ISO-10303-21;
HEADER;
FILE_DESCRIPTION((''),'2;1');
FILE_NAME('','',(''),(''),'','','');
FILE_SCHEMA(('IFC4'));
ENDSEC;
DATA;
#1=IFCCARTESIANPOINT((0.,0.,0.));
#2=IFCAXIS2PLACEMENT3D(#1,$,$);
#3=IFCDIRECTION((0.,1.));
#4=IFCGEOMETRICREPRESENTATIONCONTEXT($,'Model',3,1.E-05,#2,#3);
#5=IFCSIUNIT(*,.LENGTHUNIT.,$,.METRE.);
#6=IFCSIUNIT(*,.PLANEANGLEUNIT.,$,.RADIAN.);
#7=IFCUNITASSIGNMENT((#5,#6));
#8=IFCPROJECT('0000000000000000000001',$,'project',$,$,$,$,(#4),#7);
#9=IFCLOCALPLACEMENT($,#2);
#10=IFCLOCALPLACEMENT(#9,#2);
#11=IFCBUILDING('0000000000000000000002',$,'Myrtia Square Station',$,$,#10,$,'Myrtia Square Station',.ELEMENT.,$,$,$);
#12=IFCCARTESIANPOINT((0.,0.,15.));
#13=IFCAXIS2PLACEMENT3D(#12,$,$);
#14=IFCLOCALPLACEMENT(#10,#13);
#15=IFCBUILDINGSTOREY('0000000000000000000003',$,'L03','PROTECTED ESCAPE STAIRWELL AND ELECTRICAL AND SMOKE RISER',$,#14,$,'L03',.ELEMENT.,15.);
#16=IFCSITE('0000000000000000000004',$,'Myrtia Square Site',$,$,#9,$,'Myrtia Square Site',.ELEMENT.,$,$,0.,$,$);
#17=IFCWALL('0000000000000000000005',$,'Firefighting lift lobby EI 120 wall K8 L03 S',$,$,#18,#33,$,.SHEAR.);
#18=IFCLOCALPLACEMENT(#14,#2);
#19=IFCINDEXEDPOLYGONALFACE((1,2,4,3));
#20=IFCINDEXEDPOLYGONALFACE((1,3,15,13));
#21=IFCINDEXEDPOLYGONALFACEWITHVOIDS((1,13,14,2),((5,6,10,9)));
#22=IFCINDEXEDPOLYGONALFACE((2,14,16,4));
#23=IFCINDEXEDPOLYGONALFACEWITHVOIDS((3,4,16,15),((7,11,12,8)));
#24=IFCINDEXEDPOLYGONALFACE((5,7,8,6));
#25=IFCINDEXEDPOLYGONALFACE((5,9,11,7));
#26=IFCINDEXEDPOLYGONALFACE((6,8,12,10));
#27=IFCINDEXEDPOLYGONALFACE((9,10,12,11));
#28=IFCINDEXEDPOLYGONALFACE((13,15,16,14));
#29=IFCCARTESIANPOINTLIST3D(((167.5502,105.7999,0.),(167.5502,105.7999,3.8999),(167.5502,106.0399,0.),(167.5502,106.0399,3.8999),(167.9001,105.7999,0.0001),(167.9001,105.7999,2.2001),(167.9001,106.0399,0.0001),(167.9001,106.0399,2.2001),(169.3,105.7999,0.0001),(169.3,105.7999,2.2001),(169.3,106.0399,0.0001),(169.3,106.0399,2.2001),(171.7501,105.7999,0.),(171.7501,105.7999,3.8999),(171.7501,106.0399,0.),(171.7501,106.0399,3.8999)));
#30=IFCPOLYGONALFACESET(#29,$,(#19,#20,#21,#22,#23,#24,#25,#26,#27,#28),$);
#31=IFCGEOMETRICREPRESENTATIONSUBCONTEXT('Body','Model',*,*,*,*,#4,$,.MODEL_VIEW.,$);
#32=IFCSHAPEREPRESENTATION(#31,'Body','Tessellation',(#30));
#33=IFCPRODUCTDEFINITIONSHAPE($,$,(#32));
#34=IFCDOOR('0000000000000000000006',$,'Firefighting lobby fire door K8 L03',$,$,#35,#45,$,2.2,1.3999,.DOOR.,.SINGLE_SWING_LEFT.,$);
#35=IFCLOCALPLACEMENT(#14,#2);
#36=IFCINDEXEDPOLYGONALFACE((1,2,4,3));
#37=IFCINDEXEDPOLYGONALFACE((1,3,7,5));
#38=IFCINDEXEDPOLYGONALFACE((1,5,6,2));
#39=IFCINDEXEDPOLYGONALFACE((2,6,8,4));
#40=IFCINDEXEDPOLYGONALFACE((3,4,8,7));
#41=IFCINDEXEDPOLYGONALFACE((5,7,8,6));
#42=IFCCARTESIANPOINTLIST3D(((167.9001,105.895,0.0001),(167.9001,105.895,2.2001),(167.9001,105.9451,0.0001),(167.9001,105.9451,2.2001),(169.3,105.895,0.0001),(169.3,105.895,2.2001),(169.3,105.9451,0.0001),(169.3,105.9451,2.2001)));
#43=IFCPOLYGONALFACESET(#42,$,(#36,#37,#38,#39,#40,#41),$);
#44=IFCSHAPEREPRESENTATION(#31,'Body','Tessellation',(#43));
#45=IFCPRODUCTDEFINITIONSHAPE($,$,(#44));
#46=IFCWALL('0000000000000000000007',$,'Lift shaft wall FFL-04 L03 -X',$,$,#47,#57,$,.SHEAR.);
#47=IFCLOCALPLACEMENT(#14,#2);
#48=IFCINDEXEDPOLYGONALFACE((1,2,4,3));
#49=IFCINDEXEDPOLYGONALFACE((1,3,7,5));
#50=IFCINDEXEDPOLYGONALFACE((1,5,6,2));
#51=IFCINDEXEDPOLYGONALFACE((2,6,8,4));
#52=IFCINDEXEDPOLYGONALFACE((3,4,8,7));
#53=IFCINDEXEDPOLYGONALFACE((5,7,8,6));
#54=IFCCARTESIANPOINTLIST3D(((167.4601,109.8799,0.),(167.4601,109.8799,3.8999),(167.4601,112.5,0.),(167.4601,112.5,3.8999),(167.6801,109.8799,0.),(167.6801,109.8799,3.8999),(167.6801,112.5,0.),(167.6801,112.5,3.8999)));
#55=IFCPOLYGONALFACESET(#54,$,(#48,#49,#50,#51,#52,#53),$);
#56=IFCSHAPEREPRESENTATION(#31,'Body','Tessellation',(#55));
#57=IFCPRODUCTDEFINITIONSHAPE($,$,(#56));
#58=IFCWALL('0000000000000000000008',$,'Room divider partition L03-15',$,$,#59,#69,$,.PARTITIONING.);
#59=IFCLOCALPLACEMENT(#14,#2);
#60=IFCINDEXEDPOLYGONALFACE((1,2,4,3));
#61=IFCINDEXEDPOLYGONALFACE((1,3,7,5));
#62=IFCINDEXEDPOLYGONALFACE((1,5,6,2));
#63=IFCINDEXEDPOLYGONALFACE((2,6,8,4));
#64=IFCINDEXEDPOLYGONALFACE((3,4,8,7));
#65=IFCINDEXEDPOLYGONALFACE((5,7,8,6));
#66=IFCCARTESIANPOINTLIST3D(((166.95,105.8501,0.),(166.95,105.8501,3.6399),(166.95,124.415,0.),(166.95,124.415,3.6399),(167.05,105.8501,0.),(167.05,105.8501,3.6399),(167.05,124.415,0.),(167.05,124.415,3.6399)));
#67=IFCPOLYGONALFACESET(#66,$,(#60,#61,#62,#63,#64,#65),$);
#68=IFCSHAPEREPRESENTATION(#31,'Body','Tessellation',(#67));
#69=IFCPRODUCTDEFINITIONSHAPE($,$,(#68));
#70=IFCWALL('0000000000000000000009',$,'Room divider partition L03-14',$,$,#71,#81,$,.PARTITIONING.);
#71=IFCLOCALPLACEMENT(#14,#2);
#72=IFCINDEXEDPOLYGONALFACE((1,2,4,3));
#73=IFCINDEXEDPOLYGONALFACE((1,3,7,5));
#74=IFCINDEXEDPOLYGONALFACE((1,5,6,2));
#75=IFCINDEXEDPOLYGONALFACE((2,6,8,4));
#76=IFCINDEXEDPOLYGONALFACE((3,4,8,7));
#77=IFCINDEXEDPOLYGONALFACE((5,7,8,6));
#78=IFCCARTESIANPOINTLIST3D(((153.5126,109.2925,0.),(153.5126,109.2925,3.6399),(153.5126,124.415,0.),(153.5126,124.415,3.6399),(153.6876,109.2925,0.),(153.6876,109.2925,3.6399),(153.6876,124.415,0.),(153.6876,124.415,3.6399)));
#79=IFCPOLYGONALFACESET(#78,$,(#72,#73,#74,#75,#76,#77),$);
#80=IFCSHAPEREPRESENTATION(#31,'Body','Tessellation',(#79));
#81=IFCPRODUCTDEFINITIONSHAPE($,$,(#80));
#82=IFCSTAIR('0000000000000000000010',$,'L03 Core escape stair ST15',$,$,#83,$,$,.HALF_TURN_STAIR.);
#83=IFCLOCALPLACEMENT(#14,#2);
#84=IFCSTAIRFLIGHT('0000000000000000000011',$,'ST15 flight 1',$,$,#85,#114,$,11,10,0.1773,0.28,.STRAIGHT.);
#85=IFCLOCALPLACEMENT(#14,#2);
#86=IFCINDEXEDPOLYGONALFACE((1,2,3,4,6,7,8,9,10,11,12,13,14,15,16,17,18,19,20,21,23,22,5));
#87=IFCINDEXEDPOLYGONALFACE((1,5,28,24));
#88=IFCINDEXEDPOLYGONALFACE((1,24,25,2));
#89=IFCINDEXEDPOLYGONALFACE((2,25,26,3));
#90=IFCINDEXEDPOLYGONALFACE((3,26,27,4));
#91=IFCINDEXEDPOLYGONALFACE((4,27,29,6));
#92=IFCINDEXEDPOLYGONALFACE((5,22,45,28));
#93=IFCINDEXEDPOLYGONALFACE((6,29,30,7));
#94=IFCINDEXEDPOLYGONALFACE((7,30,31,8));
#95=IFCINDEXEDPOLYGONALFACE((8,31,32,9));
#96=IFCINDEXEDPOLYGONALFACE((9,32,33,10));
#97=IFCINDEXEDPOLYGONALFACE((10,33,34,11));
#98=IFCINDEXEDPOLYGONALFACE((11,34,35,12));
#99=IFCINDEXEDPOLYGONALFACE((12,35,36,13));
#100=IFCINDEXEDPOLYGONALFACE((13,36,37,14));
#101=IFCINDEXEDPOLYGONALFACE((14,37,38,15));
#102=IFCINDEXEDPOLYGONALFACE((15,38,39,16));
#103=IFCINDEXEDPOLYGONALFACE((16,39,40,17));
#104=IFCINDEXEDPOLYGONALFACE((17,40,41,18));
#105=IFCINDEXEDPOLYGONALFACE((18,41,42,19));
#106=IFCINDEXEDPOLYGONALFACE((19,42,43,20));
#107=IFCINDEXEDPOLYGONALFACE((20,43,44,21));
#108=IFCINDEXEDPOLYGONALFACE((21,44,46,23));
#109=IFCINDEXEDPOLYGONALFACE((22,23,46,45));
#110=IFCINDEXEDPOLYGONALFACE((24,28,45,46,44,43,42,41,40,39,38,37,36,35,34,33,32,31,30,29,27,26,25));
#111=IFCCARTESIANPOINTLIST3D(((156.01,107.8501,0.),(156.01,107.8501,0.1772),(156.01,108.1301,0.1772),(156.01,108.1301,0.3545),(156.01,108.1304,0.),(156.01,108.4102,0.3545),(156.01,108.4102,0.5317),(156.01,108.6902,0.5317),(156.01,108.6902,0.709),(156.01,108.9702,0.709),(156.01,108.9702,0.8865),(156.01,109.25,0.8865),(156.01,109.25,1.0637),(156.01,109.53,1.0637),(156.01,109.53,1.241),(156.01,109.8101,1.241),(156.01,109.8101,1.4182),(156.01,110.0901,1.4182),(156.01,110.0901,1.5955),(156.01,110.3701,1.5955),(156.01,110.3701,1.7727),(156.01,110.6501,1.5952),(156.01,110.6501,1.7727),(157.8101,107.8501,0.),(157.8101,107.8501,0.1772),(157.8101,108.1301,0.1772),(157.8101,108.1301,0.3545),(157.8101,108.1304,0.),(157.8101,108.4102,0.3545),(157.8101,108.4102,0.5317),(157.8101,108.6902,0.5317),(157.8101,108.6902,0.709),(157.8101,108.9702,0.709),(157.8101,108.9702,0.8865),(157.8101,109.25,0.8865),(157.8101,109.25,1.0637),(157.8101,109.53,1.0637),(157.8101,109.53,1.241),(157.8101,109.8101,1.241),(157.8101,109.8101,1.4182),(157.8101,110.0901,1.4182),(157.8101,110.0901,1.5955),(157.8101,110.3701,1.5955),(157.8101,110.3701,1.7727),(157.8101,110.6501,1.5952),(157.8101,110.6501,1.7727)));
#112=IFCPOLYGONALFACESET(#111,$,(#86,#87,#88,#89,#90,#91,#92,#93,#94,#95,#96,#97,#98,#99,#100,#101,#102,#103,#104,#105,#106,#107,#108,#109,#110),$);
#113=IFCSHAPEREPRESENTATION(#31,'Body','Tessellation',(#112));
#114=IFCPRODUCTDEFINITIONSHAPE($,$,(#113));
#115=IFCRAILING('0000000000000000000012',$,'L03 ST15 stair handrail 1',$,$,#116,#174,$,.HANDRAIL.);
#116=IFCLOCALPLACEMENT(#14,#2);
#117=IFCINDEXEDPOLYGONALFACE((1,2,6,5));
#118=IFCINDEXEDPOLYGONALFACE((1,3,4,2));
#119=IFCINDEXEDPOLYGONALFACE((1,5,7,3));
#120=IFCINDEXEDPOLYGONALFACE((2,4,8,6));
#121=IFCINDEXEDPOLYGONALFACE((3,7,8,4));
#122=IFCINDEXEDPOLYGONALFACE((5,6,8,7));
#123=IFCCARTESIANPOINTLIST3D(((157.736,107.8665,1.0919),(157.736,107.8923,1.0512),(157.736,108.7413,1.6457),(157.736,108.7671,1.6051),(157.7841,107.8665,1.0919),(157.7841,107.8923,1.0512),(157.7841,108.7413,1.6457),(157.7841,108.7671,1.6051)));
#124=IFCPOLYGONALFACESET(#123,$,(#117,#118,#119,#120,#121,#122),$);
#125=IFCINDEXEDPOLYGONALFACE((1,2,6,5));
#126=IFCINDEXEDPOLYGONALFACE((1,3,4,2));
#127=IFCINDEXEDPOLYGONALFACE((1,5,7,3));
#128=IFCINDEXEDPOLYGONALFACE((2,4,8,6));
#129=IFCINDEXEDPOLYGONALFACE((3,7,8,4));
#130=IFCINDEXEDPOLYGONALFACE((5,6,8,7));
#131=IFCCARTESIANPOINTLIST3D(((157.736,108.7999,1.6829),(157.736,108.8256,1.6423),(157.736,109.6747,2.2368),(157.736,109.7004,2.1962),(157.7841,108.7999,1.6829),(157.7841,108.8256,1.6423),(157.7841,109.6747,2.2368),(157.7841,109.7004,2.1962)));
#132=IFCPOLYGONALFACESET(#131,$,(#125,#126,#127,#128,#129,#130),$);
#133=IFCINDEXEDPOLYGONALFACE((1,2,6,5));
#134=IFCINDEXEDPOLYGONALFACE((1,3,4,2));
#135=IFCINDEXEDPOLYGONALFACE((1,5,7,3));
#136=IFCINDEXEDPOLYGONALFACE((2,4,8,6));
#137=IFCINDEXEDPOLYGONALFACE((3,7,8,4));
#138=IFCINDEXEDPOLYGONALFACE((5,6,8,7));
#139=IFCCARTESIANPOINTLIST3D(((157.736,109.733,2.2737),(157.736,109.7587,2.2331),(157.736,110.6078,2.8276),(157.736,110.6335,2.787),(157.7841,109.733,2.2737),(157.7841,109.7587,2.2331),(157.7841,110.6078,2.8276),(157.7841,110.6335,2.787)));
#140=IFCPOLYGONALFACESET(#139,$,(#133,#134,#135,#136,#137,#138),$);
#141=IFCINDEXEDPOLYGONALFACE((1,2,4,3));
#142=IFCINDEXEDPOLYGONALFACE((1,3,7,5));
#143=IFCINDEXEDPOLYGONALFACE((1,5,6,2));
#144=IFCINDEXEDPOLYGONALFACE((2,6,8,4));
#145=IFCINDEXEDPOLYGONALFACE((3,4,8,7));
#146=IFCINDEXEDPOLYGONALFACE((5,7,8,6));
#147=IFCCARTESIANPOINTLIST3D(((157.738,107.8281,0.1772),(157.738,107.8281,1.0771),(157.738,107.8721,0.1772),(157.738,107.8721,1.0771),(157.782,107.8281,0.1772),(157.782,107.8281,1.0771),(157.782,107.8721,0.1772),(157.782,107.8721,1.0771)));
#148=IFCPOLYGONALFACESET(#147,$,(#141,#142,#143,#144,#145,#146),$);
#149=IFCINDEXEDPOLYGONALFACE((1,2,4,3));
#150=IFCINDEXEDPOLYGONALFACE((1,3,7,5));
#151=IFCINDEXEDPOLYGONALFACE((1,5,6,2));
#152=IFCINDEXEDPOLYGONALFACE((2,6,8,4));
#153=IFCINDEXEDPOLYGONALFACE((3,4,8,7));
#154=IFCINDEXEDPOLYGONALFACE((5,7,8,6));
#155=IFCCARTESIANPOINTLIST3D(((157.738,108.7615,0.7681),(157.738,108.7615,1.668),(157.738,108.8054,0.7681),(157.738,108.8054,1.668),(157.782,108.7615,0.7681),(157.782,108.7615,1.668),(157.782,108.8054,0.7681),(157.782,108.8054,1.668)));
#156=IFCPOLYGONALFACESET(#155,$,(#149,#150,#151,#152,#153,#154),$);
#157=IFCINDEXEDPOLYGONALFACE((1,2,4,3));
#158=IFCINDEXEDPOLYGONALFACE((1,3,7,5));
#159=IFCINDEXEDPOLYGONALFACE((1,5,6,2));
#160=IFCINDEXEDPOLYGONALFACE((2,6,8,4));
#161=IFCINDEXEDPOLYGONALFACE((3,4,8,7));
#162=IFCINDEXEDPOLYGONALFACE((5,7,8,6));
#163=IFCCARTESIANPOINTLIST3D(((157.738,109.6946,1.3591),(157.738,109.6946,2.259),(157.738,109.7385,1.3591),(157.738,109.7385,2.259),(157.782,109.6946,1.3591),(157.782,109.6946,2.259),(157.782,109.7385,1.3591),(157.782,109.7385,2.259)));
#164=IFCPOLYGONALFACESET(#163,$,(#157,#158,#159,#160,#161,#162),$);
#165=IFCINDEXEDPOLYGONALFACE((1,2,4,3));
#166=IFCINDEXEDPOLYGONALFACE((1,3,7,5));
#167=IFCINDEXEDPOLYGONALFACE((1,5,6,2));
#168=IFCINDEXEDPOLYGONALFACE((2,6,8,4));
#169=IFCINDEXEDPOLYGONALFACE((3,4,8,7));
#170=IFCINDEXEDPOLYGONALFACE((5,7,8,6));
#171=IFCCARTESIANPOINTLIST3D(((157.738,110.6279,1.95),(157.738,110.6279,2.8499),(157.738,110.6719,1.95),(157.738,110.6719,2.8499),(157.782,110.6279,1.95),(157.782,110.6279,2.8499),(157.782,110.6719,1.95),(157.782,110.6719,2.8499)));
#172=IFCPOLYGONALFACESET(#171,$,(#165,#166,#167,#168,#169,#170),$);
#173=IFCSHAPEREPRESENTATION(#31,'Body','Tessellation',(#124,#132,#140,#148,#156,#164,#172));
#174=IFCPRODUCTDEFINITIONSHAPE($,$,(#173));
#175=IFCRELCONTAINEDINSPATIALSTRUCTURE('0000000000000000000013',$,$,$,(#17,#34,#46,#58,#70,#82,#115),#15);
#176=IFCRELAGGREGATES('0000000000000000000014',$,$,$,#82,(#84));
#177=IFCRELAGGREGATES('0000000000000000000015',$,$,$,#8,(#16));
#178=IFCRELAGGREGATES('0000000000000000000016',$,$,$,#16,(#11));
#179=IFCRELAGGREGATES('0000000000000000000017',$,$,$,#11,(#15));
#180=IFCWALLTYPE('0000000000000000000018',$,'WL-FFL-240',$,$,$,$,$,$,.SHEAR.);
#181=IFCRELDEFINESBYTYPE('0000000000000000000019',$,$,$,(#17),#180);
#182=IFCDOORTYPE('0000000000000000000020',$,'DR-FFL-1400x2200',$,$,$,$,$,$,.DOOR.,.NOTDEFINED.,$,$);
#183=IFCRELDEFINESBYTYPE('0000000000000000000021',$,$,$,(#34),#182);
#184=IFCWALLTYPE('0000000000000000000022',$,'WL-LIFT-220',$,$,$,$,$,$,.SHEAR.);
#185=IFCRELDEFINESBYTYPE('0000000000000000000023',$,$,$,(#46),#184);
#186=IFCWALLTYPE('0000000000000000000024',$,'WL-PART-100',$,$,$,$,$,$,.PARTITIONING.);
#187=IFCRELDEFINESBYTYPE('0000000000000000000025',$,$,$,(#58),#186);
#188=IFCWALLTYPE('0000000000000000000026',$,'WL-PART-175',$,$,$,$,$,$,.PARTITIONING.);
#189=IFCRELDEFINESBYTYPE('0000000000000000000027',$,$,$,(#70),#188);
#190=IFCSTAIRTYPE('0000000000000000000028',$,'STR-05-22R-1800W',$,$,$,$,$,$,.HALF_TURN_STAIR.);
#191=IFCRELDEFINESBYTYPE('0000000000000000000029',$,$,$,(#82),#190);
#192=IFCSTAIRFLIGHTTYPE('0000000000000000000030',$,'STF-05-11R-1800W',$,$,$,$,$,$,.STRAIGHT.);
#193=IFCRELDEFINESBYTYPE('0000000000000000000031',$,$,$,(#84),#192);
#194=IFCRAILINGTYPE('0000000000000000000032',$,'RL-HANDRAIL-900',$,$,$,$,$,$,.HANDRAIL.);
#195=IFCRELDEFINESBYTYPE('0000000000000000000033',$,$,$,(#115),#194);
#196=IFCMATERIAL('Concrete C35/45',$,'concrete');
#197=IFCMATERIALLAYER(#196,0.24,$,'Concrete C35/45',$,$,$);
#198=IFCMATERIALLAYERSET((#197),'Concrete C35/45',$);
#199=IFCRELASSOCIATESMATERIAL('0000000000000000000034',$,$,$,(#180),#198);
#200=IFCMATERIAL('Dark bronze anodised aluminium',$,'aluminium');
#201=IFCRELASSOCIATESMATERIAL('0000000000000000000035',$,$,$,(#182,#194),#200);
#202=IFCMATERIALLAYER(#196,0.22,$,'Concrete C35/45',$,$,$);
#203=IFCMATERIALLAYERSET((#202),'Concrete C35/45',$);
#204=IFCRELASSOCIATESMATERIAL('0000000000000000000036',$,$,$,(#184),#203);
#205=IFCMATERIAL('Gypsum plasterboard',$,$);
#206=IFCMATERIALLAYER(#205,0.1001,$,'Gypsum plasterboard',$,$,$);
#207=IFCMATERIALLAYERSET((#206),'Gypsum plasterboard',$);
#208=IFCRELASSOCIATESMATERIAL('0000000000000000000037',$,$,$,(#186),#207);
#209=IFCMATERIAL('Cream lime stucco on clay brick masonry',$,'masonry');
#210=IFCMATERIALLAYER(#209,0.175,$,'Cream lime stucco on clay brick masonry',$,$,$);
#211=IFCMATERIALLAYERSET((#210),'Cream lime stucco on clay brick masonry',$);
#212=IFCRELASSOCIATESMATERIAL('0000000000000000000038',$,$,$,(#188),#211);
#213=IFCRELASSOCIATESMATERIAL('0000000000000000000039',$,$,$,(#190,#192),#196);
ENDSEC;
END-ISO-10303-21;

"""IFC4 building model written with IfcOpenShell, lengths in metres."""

from ifc_helpers import new_model, si_unit, direction, frame, frame_2d, origin, origin_2d, place, context, subcontext, project, spatial, polyline, rectangle, outline, extrude, material, layer, layer_set, type_object, element, fill, aggregate, save


model = new_model("IFC4")

# Units and contexts
model_context = context("Model", 3, precision=1e-05, world=origin(), true_north=direction((0.0, 1.0)))
body_context = subcontext(model_context, "Body", "Model", "MODEL_VIEW")
ifc_project = project(units=[si_unit("LENGTHUNIT", "METRE"), si_unit("PLANEANGLEUNIT", "RADIAN")], contexts=[model_context])

# Site, building, storey
site_placement = place(None, origin())
site = spatial("IfcSite", under=ifc_project, at=site_placement, Name="Myrtia Square Site", LongName="Myrtia Square Site", CompositionType="ELEMENT", RefElevation=0.0)
building_placement = place(site_placement, origin())
building = spatial("IfcBuilding", under=site, at=building_placement, Name="Myrtia Square Station", LongName="Myrtia Square Station", CompositionType="ELEMENT")
storey_placement = place(building_placement, frame((0.0, 0.0, 15.0)))
storey = spatial("IfcBuildingStorey", under=building, at=storey_placement, Name="L03", Description="PROTECTED ESCAPE STAIRWELL AND ELECTRICAL AND SMOKE RISER", LongName="L03", CompositionType="ELEMENT", Elevation=15.0)

# Shared definitions
ifc_material_1 = material(Name="Concrete C35/45", Category="concrete")
ifc_material_2 = material(Name="Dark bronze anodised aluminium", Category="aluminium")

# Shared definitions
ifc_layer_1 = layer(ifc_material_1, 0.24, Name="Concrete C35/45")
ifc_layer_set_1 = layer_set([ifc_layer_1], Name="Concrete C35/45")
wall_type_1 = type_object("IfcWallType", Name="WL-FFL-240", PredefinedType="SHEAR", material=ifc_layer_set_1)

# Wall, opening, door
wall_1_placement = place(storey_placement, frame((167.55, 105.9199, 0.0), z_axis=(0.0, 0.0, 1.0), x_axis=(1.0, 0.0, 0.0)))
wall_1 = element("IfcWall", 1, at=wall_1_placement, inside=storey, type_object=wall_type_1, Name="Firefighting lift lobby EI 120 wall K8 L03 S", PredefinedType="SHEAR", context=body_context, shape_type="SweptSolid", body=[
    extrude(rectangle(XDim=4.2, YDim=0.24, at=frame_2d((2.1001, 0.0))), origin(), (0.0, 0.0, 1.0), 3.8999),
])
opening_1_placement = place(wall_1_placement, frame((0.3501, 0.0, 0.0)))
opening_1 = element("IfcOpeningElement", 2, at=opening_1_placement, cuts=wall_1, PredefinedType="OPENING", context=body_context, shape_type="SweptSolid", body=[
    extrude(rectangle(XDim=1.3999, YDim=2.2, at=frame_2d((0.7, 1.1001))), frame((0.0, 0.135, 0.0), z_axis=(0.0, -1.0, 0.0), x_axis=(1.0, 0.0, 0.0)), (0.0, 0.0, 1.0), 0.27),
])
door_type_1 = type_object("IfcDoorType", Name="DR-FFL-1400x2200", OperationType="NOTDEFINED", PredefinedType="DOOR", material=ifc_material_2)
door_1_placement = place(opening_1_placement, frame((1.3999, 0.0, 0.0), z_axis=(0.0, 0.0, 1.0), x_axis=(-1.0, 0.0, 0.0)))
door_1 = element("IfcDoor", 3, at=door_1_placement, inside=storey, type_object=door_type_1, Name="Firefighting lobby fire door K8 L03", OperationType="SINGLE_SWING_LEFT", OverallHeight=2.2, OverallWidth=1.3999, PredefinedType="DOOR", context=body_context, shape_type="SweptSolid", body=[
    extrude(rectangle(XDim=1.3999, YDim=2.2, at=frame_2d((0.7, 1.1001))), frame((0.0, 0.0249, 0.0), z_axis=(0.0, -1.0, 0.0), x_axis=(1.0, 0.0, 0.0)), (0.0, 0.0, 1.0), 0.05),
])
fill(opening_1, door_1)
ifc_layer_2 = layer(ifc_material_1, 0.22, Name="Concrete C35/45")
ifc_layer_set_2 = layer_set([ifc_layer_2], Name="Concrete C35/45")
wall_type_2 = type_object("IfcWallType", Name="WL-LIFT-220", PredefinedType="SHEAR", material=ifc_layer_set_2)

# Walls
wall_2_placement = place(storey_placement, frame((167.5701, 109.8799, 0.0), z_axis=(0.0, 0.0, 1.0), x_axis=(0.0, 1.0, 0.0)))
element("IfcWall", 4, at=wall_2_placement, inside=storey, type_object=wall_type_2, Name="Lift shaft wall FFL-04 L03 -X", PredefinedType="SHEAR", context=body_context, shape_type="SweptSolid", body=[
    extrude(rectangle(XDim=2.6201, YDim=0.22, at=frame_2d((1.3101, 0.0))), origin(), (0.0, 0.0, 1.0), 3.8999),
])
ifc_material_3 = material(Name="Gypsum plasterboard")
ifc_layer_3 = layer(ifc_material_3, 0.1001, Name="Gypsum plasterboard")
ifc_layer_set_3 = layer_set([ifc_layer_3], Name="Gypsum plasterboard")
wall_type_3 = type_object("IfcWallType", Name="WL-PART-100", PredefinedType="PARTITIONING", material=ifc_layer_set_3)
wall_3_placement = place(storey_placement, frame((167.0, 105.8501, 0.0), z_axis=(0.0, 0.0, 1.0), x_axis=(0.0, 1.0, 0.0)))
element("IfcWall", 5, at=wall_3_placement, inside=storey, type_object=wall_type_3, Name="Room divider partition L03-15", PredefinedType="PARTITIONING", context=body_context, shape_type="SweptSolid", body=[
    extrude(rectangle(XDim=18.5649, YDim=0.1001, at=frame_2d((9.2825, 0.0))), origin(), (0.0, 0.0, 1.0), 3.6399),
])
ifc_material_4 = material(Name="Cream lime stucco on clay brick masonry", Category="masonry")
ifc_layer_4 = layer(ifc_material_4, 0.175, Name="Cream lime stucco on clay brick masonry")
ifc_layer_set_4 = layer_set([ifc_layer_4], Name="Cream lime stucco on clay brick masonry")
wall_type_4 = type_object("IfcWallType", Name="WL-PART-175", PredefinedType="PARTITIONING", material=ifc_layer_set_4)
wall_4_placement = place(storey_placement, frame((153.6001, 109.2925, 0.0), z_axis=(0.0, 0.0, 1.0), x_axis=(0.0, 1.0, 0.0)))
element("IfcWall", 6, at=wall_4_placement, inside=storey, type_object=wall_type_4, Name="Room divider partition L03-14", PredefinedType="PARTITIONING", context=body_context, shape_type="SweptSolid", body=[
    extrude(rectangle(XDim=15.1226, YDim=0.175, at=frame_2d((7.5613, 0.0))), origin(), (0.0, 0.0, 1.0), 3.6399),
])

# Stair, stair flight
stair_type = type_object("IfcStairType", Name="STR-05-22R-1800W", PredefinedType="HALF_TURN_STAIR", material=ifc_material_1)
stair_placement = place(storey_placement, origin())
stair = element("IfcStair", 7, at=stair_placement, inside=storey, type_object=stair_type, Name="L03 Core escape stair ST15", PredefinedType="HALF_TURN_STAIR")
stair_flight_type = type_object("IfcStairFlightType", Name="STF-05-11R-1800W", PredefinedType="STRAIGHT", material=ifc_material_1)
stair_flight_placement = place(storey_placement, frame((156.9099, 107.8501, 0.0), z_axis=(0.0, 0.0, 1.0), x_axis=(0.0, 1.0, 0.0)))
stair_flight = element("IfcStairFlight", 8, at=stair_flight_placement, type_object=stair_flight_type, Name="ST15 flight 1", NumberOfRisers=11, NumberOfTreads=10, PredefinedType="STRAIGHT", RiserHeight=0.1773, TreadLength=0.28, context=body_context, shape_type="SweptSolid", body=[
    extrude(outline(polyline([(0.0, 0.0), (0.0, 0.1772), (0.28, 0.1772), (0.28, 0.3545), (0.5601, 0.3545), (0.5601, 0.5317), (0.8401, 0.5317), (0.8401, 0.709), (1.1201, 0.709), (1.1201, 0.8865), (1.3999, 0.8865), (1.3999, 1.0637), (1.6799, 1.0637), (1.6799, 1.241), (1.96, 1.241), (1.96, 1.4182), (2.24, 1.4182), (2.24, 1.5955), (2.52, 1.5955), (2.52, 1.7727), (2.8, 1.7727), (2.8, 1.95), (2.8, 1.5952), (0.2803, 0.0), (0.0, 0.0)])), frame((0.0, 0.8999, 0.0), z_axis=(0.0, -1.0, 0.0), x_axis=(1.0, 0.0, 0.0)), (0.0, 0.0, 1.0), 1.8),
])
aggregate(stair, [stair_flight])

# Railing
railing_type_1 = type_object("IfcRailingType", Name="RL-HANDRAIL-900", PredefinedType="HANDRAIL", material=ifc_material_2)
railing_1_placement = place(storey_placement, frame((157.76, 107.8501, 0.1772)))
element("IfcRailing", 9, at=railing_1_placement, inside=storey, type_object=railing_type_1, Name="L03 ST15 stair handrail 1", PredefinedType="HANDRAIL", context=body_context, shape_type="SweptSolid", body=[
    extrude(rectangle(XDim=0.0481, YDim=0.0481, at=origin_2d()), frame((0.0, 0.0293, 0.8943), z_axis=(0.0, 0.844888, 0.534943), x_axis=(-1.0, 0.0, 0.0)), (0.0, 0.0, 1.0), 1.0354),
    extrude(rectangle(XDim=0.0481, YDim=0.0481, at=origin_2d()), frame((0.0, 0.9626, 1.4854), z_axis=(0.0, 0.844888, 0.534943), x_axis=(-1.0, 0.0, 0.0)), (0.0, 0.0, 1.0), 1.0354),
    extrude(rectangle(XDim=0.0481, YDim=0.0481, at=origin_2d()), frame((0.0, 1.8958, 2.0762), z_axis=(0.0, 0.844888, 0.534943), x_axis=(-1.0, 0.0, 0.0)), (0.0, 0.0, 1.0), 1.0354),
    extrude(rectangle(XDim=0.0439, YDim=0.0439, at=origin_2d()), origin(), (0.0, 0.0, 1.0), 0.8999),
    extrude(rectangle(XDim=0.0439, YDim=0.0439, at=origin_2d()), frame((0.0, 0.9333, 0.5908)), (0.0, 0.0, 1.0), 0.8999),
    extrude(rectangle(XDim=0.0439, YDim=0.0439, at=origin_2d()), frame((0.0, 1.8665, 1.1819)), (0.0, 0.0, 1.0), 0.8999),
    extrude(rectangle(XDim=0.0439, YDim=0.0439, at=origin_2d()), frame((0.0, 2.7998, 1.7727)), (0.0, 0.0, 1.0), 0.8999),
])

save(model, "model.ifc")
